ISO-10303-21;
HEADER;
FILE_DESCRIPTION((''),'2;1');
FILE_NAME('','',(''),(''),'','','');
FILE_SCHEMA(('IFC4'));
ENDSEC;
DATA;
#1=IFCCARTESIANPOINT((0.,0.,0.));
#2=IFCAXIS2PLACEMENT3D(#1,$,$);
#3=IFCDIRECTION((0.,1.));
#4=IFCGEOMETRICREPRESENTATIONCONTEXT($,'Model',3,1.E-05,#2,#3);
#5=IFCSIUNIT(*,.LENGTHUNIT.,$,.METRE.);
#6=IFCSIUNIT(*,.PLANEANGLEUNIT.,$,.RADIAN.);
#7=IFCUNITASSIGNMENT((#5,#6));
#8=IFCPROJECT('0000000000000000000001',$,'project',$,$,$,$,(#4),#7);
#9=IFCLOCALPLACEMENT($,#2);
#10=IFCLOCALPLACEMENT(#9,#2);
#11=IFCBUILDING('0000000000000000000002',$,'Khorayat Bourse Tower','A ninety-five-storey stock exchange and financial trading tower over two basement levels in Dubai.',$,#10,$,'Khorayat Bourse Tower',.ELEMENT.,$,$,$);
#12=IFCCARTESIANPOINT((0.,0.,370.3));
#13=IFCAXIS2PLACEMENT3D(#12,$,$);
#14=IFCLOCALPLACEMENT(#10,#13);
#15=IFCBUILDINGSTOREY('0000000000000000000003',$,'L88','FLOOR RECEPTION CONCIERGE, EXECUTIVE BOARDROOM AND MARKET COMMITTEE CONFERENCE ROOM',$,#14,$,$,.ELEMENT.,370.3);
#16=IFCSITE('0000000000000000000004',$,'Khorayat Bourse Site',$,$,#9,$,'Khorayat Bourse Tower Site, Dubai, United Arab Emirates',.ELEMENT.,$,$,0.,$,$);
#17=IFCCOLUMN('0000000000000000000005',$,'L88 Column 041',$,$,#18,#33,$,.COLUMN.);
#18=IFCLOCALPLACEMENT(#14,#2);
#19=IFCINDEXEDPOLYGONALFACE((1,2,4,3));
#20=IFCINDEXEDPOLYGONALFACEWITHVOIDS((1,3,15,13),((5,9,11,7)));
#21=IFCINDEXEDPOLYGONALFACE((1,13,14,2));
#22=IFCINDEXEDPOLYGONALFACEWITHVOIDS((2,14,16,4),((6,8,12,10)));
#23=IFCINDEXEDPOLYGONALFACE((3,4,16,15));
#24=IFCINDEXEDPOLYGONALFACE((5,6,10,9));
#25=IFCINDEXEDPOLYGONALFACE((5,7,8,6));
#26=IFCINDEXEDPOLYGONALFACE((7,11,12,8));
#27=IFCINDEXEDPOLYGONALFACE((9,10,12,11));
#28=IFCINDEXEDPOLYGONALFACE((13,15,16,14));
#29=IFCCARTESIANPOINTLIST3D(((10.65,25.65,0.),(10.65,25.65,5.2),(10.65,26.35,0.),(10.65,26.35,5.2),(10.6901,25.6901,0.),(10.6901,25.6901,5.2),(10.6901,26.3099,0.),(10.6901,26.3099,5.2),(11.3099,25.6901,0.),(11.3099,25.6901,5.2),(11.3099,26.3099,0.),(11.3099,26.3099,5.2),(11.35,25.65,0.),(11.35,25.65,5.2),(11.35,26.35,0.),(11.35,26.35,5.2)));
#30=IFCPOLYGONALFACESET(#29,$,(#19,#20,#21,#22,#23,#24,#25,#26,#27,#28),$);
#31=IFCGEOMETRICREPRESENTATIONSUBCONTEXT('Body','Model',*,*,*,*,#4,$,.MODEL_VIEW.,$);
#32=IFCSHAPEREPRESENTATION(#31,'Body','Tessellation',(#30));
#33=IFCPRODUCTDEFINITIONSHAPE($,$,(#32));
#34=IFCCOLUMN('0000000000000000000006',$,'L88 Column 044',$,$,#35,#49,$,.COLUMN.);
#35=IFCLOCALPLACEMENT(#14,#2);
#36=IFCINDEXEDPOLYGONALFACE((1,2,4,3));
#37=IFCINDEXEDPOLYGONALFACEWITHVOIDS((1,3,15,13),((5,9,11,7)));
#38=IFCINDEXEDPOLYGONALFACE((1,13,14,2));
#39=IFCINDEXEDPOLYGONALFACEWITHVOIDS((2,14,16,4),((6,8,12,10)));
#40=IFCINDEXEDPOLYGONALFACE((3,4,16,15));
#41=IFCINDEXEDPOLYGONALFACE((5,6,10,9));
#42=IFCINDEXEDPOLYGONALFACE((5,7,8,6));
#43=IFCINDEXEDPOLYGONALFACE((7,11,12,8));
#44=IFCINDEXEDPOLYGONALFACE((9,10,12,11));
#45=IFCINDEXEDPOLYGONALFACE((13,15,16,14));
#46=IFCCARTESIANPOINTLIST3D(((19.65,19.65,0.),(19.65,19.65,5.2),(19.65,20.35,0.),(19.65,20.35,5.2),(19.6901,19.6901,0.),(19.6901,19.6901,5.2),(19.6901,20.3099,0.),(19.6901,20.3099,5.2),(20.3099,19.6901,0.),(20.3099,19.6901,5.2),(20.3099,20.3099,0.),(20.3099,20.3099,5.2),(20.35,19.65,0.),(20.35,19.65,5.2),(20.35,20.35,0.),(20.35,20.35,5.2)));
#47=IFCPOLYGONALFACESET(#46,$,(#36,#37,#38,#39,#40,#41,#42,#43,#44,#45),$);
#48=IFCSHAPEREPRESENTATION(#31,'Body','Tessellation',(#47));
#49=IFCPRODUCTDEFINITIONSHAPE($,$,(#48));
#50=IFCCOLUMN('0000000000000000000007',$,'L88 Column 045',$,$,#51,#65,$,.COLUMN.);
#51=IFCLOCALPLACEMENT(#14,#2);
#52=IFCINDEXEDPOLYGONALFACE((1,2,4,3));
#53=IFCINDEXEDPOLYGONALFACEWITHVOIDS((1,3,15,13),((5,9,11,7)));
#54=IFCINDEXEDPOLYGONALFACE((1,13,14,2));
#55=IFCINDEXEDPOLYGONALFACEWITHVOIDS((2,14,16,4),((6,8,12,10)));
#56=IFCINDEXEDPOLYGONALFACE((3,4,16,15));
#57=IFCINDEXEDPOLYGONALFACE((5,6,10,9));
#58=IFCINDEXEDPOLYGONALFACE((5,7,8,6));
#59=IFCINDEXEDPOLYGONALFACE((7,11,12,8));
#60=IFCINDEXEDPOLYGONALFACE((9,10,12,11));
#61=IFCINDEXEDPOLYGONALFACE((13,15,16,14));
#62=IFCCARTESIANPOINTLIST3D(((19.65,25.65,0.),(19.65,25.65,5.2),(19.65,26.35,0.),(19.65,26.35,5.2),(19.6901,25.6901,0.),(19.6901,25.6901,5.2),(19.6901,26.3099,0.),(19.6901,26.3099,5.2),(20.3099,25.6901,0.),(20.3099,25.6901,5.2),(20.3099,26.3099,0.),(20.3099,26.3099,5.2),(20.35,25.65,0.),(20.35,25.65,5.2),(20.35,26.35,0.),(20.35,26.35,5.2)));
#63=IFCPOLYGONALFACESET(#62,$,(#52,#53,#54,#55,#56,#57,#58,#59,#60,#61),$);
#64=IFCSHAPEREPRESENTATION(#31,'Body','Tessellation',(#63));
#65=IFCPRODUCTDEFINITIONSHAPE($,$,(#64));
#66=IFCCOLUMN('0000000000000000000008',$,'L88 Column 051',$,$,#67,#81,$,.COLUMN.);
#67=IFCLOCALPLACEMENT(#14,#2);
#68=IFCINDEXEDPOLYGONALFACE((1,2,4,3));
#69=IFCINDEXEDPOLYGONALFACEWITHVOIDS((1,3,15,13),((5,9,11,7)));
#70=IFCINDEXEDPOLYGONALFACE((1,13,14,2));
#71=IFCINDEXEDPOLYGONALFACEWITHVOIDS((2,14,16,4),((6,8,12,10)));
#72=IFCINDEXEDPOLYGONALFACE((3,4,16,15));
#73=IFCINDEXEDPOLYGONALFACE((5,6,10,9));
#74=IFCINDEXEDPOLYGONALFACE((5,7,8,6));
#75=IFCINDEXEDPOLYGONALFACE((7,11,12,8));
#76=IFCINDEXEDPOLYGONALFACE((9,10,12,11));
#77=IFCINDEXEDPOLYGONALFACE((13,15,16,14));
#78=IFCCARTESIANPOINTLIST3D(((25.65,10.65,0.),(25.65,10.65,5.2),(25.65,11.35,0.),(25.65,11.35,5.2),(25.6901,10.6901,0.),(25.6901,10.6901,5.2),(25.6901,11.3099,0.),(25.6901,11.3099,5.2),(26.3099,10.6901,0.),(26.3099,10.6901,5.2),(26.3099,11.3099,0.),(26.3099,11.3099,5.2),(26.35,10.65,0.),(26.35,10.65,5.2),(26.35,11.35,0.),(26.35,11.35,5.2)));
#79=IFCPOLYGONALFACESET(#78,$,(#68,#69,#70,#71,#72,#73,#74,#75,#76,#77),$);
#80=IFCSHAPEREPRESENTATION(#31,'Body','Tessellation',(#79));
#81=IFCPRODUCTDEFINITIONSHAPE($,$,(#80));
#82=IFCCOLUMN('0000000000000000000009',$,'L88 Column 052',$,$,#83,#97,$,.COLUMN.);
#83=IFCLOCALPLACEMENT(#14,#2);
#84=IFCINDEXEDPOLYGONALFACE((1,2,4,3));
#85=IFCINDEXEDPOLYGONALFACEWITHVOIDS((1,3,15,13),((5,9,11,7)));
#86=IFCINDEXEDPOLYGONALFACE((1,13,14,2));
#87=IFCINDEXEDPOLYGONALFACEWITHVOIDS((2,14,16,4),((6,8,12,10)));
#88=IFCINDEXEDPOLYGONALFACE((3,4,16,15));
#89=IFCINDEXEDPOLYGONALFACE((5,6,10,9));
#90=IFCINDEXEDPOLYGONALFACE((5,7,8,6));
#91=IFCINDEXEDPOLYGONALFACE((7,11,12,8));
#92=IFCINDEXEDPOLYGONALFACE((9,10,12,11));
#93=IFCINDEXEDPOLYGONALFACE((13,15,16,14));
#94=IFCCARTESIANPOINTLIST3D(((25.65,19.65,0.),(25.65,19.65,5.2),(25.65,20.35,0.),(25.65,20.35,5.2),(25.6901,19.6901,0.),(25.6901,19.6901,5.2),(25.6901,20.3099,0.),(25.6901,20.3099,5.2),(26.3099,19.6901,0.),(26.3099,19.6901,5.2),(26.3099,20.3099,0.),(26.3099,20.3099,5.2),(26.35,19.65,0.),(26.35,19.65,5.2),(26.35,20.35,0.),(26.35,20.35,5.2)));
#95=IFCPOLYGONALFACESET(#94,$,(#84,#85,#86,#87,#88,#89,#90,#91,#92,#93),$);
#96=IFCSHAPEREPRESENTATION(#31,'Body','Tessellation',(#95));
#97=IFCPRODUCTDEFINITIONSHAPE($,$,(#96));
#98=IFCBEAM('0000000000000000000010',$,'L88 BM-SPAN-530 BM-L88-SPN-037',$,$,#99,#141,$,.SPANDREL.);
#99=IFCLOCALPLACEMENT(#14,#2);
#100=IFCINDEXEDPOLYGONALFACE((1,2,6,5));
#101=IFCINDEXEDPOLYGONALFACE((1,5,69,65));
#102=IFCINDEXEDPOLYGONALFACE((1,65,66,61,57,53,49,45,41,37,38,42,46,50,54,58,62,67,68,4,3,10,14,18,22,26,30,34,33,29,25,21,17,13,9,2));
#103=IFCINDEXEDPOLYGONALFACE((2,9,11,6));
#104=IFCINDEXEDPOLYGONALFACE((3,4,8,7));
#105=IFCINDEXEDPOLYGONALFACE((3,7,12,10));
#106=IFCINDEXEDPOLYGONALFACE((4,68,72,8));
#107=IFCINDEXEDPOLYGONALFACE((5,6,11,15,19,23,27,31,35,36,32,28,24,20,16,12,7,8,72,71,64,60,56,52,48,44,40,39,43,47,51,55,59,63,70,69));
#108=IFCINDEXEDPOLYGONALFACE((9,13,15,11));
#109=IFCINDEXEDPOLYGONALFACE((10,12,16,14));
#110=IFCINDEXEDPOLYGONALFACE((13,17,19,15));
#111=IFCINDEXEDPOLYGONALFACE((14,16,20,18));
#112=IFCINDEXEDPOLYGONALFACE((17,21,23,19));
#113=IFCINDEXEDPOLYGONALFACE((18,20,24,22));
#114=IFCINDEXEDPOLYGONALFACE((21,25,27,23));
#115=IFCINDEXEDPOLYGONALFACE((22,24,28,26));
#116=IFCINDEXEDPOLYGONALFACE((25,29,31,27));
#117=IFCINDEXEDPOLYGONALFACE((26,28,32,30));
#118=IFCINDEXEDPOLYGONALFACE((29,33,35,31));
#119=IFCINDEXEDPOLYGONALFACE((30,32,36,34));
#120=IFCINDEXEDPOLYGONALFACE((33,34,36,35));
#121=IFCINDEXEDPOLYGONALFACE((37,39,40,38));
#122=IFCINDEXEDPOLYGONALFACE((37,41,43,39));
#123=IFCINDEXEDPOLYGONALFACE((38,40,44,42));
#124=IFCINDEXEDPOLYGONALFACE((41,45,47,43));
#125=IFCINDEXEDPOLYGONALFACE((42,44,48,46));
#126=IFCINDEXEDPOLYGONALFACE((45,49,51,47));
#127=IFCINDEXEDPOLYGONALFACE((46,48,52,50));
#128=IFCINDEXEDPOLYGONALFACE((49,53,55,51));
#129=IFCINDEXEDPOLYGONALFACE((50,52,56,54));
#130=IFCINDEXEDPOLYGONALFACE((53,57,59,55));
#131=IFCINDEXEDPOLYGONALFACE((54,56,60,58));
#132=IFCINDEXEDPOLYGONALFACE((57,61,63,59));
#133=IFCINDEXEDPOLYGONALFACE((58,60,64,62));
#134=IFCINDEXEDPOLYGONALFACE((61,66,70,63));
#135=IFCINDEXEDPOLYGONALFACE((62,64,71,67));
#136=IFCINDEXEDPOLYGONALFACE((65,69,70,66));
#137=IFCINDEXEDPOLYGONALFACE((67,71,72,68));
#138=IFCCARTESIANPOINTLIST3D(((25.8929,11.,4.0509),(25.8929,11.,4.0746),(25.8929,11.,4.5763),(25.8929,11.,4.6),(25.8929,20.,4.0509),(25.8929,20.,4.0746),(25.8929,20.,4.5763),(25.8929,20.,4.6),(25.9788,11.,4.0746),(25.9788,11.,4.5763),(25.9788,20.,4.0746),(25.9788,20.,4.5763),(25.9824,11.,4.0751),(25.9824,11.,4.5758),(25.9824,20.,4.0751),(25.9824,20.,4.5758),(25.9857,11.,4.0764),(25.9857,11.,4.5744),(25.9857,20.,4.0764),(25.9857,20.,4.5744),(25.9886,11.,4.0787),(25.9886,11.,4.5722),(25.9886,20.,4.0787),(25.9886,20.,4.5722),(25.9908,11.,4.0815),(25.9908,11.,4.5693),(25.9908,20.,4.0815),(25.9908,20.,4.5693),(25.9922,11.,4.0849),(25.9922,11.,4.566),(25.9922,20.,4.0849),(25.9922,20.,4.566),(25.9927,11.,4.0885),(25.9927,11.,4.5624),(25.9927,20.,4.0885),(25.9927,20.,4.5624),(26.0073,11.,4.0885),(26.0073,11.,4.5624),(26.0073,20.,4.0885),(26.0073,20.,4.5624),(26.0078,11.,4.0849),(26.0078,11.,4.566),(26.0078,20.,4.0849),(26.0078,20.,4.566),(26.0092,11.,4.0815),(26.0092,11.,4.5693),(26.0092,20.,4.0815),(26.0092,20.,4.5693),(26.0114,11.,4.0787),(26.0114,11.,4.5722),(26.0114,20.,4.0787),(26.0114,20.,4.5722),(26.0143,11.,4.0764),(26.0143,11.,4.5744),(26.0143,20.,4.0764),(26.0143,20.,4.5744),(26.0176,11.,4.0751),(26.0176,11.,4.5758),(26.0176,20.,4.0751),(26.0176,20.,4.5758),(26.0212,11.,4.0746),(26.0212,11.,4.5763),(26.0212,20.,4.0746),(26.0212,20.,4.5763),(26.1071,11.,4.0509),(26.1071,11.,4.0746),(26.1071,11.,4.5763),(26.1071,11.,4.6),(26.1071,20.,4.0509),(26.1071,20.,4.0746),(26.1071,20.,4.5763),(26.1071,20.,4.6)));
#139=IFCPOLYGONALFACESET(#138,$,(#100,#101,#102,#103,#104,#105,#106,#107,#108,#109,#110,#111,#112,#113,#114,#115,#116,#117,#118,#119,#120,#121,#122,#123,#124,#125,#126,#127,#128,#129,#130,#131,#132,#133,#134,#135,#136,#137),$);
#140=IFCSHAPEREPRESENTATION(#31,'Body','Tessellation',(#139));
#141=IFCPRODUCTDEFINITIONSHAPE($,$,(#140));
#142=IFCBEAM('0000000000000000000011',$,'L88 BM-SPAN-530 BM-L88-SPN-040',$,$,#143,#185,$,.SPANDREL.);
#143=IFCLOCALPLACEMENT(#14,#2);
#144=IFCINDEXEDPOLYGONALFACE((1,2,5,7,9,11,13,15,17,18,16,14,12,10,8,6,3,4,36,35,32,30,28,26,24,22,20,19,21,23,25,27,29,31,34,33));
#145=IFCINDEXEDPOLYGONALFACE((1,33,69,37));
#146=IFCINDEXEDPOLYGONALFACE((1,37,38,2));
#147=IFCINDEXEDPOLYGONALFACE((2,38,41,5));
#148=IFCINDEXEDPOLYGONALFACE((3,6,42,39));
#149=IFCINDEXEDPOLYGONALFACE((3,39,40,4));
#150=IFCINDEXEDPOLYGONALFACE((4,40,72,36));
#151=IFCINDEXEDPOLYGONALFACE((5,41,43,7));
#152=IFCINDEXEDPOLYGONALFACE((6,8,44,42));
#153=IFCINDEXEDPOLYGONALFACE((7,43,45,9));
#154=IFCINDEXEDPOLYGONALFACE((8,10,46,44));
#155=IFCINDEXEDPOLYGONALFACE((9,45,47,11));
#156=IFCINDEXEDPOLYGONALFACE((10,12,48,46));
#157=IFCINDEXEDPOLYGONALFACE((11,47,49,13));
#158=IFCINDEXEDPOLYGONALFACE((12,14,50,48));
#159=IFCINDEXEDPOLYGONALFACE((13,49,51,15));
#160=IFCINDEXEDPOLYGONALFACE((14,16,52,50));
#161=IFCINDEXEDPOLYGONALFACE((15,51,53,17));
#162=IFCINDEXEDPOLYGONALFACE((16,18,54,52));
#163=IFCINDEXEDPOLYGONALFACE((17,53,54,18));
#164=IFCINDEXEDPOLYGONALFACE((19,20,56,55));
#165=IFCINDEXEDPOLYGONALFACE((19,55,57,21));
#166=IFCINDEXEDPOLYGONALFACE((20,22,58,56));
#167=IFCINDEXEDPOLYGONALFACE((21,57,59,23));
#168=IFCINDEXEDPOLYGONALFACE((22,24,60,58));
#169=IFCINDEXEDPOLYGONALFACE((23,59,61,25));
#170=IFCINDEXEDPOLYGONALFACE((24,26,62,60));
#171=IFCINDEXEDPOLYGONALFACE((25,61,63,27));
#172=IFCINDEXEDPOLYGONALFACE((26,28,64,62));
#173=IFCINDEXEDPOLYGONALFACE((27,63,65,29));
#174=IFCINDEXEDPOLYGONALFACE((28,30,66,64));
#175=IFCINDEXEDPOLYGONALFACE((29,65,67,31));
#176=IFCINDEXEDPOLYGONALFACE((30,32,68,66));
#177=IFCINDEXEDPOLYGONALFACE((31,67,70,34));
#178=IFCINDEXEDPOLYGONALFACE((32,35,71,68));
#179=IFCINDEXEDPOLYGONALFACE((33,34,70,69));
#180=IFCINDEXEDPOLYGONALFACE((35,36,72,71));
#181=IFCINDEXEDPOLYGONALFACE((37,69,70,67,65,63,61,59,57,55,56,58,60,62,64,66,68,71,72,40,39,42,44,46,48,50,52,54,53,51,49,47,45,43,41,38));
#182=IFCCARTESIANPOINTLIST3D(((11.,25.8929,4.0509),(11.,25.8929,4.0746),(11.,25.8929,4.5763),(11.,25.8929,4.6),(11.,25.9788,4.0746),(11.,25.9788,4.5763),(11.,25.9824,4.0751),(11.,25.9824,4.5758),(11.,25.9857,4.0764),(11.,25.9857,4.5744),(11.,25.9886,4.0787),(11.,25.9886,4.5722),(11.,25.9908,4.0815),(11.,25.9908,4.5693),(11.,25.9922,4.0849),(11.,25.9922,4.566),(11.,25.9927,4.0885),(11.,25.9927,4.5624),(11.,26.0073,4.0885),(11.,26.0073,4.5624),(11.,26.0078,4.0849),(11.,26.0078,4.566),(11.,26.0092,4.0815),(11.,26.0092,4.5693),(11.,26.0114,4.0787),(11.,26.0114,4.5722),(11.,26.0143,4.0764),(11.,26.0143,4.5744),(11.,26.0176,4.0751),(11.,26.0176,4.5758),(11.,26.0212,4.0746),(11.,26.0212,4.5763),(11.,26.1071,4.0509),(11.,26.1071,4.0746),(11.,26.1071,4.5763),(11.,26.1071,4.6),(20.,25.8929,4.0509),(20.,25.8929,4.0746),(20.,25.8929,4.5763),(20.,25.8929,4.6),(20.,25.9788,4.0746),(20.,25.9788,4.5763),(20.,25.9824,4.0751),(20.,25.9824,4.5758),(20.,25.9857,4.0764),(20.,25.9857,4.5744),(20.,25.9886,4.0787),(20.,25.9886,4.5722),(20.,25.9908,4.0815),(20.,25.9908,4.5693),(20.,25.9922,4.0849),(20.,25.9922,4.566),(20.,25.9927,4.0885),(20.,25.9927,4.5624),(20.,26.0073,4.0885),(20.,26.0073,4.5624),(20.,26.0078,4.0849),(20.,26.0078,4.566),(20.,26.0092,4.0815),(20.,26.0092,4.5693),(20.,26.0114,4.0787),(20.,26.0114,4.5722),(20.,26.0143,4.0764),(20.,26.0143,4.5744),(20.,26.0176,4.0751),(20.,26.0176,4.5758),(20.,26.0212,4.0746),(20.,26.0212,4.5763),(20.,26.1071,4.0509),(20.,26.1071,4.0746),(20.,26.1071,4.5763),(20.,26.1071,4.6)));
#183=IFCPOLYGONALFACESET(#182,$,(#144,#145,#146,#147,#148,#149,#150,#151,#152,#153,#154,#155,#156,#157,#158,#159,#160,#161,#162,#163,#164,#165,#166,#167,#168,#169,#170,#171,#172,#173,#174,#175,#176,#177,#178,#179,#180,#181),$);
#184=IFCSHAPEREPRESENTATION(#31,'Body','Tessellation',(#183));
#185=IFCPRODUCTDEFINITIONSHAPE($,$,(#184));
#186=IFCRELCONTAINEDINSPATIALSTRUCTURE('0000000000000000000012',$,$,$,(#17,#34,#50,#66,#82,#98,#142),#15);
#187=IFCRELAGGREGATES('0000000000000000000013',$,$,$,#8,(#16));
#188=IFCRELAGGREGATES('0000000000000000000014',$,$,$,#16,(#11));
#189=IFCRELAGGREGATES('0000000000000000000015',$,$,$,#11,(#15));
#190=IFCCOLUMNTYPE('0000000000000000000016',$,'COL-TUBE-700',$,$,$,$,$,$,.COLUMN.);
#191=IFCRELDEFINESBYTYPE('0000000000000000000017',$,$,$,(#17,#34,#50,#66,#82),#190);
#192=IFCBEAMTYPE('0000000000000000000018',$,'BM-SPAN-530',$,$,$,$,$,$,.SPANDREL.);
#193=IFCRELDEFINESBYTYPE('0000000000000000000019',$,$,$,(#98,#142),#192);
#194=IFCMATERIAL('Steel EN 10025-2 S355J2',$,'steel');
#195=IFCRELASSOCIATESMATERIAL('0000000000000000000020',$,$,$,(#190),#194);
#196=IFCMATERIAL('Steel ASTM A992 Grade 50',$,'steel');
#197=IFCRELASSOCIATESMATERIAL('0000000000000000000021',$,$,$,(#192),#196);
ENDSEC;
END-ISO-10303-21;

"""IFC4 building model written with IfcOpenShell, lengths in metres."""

from ifc_helpers import new_model, si_unit, direction, frame, origin, origin_2d, place, context, subcontext, project, spatial, hollow_rectangle, i_section, extrude, source, transform, mapped, material, material_profile, profile_set, type_object, element, save


model = new_model("IFC4")

# Units and contexts
model_context = context("Model", 3, precision=1e-05, world=origin(), true_north=direction((0.0, 1.0)))
body_context = subcontext(model_context, "Body", "Model", "MODEL_VIEW")
ifc_project = project(units=[si_unit("LENGTHUNIT", "METRE"), si_unit("PLANEANGLEUNIT", "RADIAN")], contexts=[model_context])

# Site, building, storey
site_placement = place(None, origin())
site = spatial("IfcSite", under=ifc_project, at=site_placement, Name="Khorayat Bourse Site", LongName="Khorayat Bourse Tower Site, Dubai, United Arab Emirates", CompositionType="ELEMENT", RefElevation=0.0)
building_placement = place(site_placement, origin())
building = spatial("IfcBuilding", under=site, at=building_placement, Name="Khorayat Bourse Tower", Description="A ninety-five-storey stock exchange and financial trading tower over two basement levels in Dubai.", LongName="Khorayat Bourse Tower", CompositionType="ELEMENT")
storey_placement = place(building_placement, frame((0.0, 0.0, 370.3)))
storey = spatial("IfcBuildingStorey", under=building, at=storey_placement, Name="L88", Description="FLOOR RECEPTION CONCIERGE, EXECUTIVE BOARDROOM AND MARKET COMMITTEE CONFERENCE ROOM", CompositionType="ELEMENT", Elevation=370.3)

# Columns
ifc_material_1 = material(Name="Steel EN 10025-2 S355J2", Category="steel")
ifc_material_profile_1 = material_profile(ifc_material_1, hollow_rectangle(XDim=0.7, YDim=0.7, WallThickness=0.04, at=origin_2d()), Name="BOX 700x700x40")
ifc_profile_set_1 = profile_set([ifc_material_profile_1], Name="Steel EN 10025-2 S355J2")
column_type = type_object("IfcColumnType", Name="COL-TUBE-700", PredefinedType="COLUMN", material=ifc_profile_set_1)
shared_shape_1 = source(origin(), body_context, "Body", "SweptSolid", [
    extrude(hollow_rectangle(XDim=0.7, YDim=0.7, WallThickness=0.04, at=origin_2d()), origin(), (0.0, 0.0, 1.0), 5.2),
])
for number, where, z_axis, x_axis, name in (
    (1, (11.0, 26.0, 0.0), (0.0, 0.0, 1.0), (1.0, 0.0, 0.0), "L88 Column 041"),
    (2, (20.0, 20.0, 0.0), (0.0, 0.0, 1.0), (1.0, 0.0, 0.0), "L88 Column 044"),
    (3, (20.0, 26.0, 0.0), (0.0, 0.0, 1.0), (1.0, 0.0, 0.0), "L88 Column 045"),
    (4, (26.0, 11.0, 0.0), (0.0, 0.0, 1.0), (1.0, 0.0, 0.0), "L88 Column 051"),
    (5, (26.0, 20.0, 0.0), (0.0, 0.0, 1.0), (1.0, 0.0, 0.0), "L88 Column 052"),
):
    element("IfcColumn", number, at=place(storey_placement, frame(where, z_axis=z_axis, x_axis=x_axis)), inside=storey, type_object=column_type, Name=name, PredefinedType="COLUMN", context=body_context, shape_type="MappedRepresentation", body=[
        mapped(shared_shape_1, transform((0.0, 0.0, 0.0), scale=1.0)),
    ])

# Beams
ifc_material_2 = material(Name="Steel ASTM A992 Grade 50", Category="steel")
ifc_material_profile_2 = material_profile(ifc_material_2, i_section(OverallWidth=0.2141, OverallDepth=0.5491, WebThickness=0.0146, FlangeThickness=0.0237, FilletRadius=0.0139, at=origin_2d()), Name="W530X138")
ifc_profile_set_2 = profile_set([ifc_material_profile_2], Name="Steel ASTM A992 Grade 50")
beam_type_1 = type_object("IfcBeamType", Name="BM-SPAN-530", PredefinedType="SPANDREL", material=ifc_profile_set_2)
shared_shape_2 = source(origin(), body_context, "Body", "SweptSolid", [
    extrude(i_section(OverallWidth=0.2141, OverallDepth=0.5491, WebThickness=0.0146, FlangeThickness=0.0237, FilletRadius=0.0139, at=origin_2d()), origin(), (0.0, 0.0, 1.0), 9.0),
])
for number, where, z_axis, x_axis, name in (
    (6, (26.0, 11.0, 4.3254), (0.0, 1.0, 0.0), (-1.0, 0.0, 0.0), "L88 BM-SPAN-530 BM-L88-SPN-037"),
    (7, (11.0, 26.0, 4.3254), (1.0, 0.0, 0.0), (0.0, 1.0, 0.0), "L88 BM-SPAN-530 BM-L88-SPN-040"),
):
    element("IfcBeam", number, at=place(storey_placement, frame(where, z_axis=z_axis, x_axis=x_axis)), inside=storey, type_object=beam_type_1, Name=name, PredefinedType="SPANDREL", context=body_context, shape_type="MappedRepresentation", body=[
        mapped(shared_shape_2, transform((0.0, 0.0, 0.0), scale=1.0)),
    ])

save(model, "model.ifc")
